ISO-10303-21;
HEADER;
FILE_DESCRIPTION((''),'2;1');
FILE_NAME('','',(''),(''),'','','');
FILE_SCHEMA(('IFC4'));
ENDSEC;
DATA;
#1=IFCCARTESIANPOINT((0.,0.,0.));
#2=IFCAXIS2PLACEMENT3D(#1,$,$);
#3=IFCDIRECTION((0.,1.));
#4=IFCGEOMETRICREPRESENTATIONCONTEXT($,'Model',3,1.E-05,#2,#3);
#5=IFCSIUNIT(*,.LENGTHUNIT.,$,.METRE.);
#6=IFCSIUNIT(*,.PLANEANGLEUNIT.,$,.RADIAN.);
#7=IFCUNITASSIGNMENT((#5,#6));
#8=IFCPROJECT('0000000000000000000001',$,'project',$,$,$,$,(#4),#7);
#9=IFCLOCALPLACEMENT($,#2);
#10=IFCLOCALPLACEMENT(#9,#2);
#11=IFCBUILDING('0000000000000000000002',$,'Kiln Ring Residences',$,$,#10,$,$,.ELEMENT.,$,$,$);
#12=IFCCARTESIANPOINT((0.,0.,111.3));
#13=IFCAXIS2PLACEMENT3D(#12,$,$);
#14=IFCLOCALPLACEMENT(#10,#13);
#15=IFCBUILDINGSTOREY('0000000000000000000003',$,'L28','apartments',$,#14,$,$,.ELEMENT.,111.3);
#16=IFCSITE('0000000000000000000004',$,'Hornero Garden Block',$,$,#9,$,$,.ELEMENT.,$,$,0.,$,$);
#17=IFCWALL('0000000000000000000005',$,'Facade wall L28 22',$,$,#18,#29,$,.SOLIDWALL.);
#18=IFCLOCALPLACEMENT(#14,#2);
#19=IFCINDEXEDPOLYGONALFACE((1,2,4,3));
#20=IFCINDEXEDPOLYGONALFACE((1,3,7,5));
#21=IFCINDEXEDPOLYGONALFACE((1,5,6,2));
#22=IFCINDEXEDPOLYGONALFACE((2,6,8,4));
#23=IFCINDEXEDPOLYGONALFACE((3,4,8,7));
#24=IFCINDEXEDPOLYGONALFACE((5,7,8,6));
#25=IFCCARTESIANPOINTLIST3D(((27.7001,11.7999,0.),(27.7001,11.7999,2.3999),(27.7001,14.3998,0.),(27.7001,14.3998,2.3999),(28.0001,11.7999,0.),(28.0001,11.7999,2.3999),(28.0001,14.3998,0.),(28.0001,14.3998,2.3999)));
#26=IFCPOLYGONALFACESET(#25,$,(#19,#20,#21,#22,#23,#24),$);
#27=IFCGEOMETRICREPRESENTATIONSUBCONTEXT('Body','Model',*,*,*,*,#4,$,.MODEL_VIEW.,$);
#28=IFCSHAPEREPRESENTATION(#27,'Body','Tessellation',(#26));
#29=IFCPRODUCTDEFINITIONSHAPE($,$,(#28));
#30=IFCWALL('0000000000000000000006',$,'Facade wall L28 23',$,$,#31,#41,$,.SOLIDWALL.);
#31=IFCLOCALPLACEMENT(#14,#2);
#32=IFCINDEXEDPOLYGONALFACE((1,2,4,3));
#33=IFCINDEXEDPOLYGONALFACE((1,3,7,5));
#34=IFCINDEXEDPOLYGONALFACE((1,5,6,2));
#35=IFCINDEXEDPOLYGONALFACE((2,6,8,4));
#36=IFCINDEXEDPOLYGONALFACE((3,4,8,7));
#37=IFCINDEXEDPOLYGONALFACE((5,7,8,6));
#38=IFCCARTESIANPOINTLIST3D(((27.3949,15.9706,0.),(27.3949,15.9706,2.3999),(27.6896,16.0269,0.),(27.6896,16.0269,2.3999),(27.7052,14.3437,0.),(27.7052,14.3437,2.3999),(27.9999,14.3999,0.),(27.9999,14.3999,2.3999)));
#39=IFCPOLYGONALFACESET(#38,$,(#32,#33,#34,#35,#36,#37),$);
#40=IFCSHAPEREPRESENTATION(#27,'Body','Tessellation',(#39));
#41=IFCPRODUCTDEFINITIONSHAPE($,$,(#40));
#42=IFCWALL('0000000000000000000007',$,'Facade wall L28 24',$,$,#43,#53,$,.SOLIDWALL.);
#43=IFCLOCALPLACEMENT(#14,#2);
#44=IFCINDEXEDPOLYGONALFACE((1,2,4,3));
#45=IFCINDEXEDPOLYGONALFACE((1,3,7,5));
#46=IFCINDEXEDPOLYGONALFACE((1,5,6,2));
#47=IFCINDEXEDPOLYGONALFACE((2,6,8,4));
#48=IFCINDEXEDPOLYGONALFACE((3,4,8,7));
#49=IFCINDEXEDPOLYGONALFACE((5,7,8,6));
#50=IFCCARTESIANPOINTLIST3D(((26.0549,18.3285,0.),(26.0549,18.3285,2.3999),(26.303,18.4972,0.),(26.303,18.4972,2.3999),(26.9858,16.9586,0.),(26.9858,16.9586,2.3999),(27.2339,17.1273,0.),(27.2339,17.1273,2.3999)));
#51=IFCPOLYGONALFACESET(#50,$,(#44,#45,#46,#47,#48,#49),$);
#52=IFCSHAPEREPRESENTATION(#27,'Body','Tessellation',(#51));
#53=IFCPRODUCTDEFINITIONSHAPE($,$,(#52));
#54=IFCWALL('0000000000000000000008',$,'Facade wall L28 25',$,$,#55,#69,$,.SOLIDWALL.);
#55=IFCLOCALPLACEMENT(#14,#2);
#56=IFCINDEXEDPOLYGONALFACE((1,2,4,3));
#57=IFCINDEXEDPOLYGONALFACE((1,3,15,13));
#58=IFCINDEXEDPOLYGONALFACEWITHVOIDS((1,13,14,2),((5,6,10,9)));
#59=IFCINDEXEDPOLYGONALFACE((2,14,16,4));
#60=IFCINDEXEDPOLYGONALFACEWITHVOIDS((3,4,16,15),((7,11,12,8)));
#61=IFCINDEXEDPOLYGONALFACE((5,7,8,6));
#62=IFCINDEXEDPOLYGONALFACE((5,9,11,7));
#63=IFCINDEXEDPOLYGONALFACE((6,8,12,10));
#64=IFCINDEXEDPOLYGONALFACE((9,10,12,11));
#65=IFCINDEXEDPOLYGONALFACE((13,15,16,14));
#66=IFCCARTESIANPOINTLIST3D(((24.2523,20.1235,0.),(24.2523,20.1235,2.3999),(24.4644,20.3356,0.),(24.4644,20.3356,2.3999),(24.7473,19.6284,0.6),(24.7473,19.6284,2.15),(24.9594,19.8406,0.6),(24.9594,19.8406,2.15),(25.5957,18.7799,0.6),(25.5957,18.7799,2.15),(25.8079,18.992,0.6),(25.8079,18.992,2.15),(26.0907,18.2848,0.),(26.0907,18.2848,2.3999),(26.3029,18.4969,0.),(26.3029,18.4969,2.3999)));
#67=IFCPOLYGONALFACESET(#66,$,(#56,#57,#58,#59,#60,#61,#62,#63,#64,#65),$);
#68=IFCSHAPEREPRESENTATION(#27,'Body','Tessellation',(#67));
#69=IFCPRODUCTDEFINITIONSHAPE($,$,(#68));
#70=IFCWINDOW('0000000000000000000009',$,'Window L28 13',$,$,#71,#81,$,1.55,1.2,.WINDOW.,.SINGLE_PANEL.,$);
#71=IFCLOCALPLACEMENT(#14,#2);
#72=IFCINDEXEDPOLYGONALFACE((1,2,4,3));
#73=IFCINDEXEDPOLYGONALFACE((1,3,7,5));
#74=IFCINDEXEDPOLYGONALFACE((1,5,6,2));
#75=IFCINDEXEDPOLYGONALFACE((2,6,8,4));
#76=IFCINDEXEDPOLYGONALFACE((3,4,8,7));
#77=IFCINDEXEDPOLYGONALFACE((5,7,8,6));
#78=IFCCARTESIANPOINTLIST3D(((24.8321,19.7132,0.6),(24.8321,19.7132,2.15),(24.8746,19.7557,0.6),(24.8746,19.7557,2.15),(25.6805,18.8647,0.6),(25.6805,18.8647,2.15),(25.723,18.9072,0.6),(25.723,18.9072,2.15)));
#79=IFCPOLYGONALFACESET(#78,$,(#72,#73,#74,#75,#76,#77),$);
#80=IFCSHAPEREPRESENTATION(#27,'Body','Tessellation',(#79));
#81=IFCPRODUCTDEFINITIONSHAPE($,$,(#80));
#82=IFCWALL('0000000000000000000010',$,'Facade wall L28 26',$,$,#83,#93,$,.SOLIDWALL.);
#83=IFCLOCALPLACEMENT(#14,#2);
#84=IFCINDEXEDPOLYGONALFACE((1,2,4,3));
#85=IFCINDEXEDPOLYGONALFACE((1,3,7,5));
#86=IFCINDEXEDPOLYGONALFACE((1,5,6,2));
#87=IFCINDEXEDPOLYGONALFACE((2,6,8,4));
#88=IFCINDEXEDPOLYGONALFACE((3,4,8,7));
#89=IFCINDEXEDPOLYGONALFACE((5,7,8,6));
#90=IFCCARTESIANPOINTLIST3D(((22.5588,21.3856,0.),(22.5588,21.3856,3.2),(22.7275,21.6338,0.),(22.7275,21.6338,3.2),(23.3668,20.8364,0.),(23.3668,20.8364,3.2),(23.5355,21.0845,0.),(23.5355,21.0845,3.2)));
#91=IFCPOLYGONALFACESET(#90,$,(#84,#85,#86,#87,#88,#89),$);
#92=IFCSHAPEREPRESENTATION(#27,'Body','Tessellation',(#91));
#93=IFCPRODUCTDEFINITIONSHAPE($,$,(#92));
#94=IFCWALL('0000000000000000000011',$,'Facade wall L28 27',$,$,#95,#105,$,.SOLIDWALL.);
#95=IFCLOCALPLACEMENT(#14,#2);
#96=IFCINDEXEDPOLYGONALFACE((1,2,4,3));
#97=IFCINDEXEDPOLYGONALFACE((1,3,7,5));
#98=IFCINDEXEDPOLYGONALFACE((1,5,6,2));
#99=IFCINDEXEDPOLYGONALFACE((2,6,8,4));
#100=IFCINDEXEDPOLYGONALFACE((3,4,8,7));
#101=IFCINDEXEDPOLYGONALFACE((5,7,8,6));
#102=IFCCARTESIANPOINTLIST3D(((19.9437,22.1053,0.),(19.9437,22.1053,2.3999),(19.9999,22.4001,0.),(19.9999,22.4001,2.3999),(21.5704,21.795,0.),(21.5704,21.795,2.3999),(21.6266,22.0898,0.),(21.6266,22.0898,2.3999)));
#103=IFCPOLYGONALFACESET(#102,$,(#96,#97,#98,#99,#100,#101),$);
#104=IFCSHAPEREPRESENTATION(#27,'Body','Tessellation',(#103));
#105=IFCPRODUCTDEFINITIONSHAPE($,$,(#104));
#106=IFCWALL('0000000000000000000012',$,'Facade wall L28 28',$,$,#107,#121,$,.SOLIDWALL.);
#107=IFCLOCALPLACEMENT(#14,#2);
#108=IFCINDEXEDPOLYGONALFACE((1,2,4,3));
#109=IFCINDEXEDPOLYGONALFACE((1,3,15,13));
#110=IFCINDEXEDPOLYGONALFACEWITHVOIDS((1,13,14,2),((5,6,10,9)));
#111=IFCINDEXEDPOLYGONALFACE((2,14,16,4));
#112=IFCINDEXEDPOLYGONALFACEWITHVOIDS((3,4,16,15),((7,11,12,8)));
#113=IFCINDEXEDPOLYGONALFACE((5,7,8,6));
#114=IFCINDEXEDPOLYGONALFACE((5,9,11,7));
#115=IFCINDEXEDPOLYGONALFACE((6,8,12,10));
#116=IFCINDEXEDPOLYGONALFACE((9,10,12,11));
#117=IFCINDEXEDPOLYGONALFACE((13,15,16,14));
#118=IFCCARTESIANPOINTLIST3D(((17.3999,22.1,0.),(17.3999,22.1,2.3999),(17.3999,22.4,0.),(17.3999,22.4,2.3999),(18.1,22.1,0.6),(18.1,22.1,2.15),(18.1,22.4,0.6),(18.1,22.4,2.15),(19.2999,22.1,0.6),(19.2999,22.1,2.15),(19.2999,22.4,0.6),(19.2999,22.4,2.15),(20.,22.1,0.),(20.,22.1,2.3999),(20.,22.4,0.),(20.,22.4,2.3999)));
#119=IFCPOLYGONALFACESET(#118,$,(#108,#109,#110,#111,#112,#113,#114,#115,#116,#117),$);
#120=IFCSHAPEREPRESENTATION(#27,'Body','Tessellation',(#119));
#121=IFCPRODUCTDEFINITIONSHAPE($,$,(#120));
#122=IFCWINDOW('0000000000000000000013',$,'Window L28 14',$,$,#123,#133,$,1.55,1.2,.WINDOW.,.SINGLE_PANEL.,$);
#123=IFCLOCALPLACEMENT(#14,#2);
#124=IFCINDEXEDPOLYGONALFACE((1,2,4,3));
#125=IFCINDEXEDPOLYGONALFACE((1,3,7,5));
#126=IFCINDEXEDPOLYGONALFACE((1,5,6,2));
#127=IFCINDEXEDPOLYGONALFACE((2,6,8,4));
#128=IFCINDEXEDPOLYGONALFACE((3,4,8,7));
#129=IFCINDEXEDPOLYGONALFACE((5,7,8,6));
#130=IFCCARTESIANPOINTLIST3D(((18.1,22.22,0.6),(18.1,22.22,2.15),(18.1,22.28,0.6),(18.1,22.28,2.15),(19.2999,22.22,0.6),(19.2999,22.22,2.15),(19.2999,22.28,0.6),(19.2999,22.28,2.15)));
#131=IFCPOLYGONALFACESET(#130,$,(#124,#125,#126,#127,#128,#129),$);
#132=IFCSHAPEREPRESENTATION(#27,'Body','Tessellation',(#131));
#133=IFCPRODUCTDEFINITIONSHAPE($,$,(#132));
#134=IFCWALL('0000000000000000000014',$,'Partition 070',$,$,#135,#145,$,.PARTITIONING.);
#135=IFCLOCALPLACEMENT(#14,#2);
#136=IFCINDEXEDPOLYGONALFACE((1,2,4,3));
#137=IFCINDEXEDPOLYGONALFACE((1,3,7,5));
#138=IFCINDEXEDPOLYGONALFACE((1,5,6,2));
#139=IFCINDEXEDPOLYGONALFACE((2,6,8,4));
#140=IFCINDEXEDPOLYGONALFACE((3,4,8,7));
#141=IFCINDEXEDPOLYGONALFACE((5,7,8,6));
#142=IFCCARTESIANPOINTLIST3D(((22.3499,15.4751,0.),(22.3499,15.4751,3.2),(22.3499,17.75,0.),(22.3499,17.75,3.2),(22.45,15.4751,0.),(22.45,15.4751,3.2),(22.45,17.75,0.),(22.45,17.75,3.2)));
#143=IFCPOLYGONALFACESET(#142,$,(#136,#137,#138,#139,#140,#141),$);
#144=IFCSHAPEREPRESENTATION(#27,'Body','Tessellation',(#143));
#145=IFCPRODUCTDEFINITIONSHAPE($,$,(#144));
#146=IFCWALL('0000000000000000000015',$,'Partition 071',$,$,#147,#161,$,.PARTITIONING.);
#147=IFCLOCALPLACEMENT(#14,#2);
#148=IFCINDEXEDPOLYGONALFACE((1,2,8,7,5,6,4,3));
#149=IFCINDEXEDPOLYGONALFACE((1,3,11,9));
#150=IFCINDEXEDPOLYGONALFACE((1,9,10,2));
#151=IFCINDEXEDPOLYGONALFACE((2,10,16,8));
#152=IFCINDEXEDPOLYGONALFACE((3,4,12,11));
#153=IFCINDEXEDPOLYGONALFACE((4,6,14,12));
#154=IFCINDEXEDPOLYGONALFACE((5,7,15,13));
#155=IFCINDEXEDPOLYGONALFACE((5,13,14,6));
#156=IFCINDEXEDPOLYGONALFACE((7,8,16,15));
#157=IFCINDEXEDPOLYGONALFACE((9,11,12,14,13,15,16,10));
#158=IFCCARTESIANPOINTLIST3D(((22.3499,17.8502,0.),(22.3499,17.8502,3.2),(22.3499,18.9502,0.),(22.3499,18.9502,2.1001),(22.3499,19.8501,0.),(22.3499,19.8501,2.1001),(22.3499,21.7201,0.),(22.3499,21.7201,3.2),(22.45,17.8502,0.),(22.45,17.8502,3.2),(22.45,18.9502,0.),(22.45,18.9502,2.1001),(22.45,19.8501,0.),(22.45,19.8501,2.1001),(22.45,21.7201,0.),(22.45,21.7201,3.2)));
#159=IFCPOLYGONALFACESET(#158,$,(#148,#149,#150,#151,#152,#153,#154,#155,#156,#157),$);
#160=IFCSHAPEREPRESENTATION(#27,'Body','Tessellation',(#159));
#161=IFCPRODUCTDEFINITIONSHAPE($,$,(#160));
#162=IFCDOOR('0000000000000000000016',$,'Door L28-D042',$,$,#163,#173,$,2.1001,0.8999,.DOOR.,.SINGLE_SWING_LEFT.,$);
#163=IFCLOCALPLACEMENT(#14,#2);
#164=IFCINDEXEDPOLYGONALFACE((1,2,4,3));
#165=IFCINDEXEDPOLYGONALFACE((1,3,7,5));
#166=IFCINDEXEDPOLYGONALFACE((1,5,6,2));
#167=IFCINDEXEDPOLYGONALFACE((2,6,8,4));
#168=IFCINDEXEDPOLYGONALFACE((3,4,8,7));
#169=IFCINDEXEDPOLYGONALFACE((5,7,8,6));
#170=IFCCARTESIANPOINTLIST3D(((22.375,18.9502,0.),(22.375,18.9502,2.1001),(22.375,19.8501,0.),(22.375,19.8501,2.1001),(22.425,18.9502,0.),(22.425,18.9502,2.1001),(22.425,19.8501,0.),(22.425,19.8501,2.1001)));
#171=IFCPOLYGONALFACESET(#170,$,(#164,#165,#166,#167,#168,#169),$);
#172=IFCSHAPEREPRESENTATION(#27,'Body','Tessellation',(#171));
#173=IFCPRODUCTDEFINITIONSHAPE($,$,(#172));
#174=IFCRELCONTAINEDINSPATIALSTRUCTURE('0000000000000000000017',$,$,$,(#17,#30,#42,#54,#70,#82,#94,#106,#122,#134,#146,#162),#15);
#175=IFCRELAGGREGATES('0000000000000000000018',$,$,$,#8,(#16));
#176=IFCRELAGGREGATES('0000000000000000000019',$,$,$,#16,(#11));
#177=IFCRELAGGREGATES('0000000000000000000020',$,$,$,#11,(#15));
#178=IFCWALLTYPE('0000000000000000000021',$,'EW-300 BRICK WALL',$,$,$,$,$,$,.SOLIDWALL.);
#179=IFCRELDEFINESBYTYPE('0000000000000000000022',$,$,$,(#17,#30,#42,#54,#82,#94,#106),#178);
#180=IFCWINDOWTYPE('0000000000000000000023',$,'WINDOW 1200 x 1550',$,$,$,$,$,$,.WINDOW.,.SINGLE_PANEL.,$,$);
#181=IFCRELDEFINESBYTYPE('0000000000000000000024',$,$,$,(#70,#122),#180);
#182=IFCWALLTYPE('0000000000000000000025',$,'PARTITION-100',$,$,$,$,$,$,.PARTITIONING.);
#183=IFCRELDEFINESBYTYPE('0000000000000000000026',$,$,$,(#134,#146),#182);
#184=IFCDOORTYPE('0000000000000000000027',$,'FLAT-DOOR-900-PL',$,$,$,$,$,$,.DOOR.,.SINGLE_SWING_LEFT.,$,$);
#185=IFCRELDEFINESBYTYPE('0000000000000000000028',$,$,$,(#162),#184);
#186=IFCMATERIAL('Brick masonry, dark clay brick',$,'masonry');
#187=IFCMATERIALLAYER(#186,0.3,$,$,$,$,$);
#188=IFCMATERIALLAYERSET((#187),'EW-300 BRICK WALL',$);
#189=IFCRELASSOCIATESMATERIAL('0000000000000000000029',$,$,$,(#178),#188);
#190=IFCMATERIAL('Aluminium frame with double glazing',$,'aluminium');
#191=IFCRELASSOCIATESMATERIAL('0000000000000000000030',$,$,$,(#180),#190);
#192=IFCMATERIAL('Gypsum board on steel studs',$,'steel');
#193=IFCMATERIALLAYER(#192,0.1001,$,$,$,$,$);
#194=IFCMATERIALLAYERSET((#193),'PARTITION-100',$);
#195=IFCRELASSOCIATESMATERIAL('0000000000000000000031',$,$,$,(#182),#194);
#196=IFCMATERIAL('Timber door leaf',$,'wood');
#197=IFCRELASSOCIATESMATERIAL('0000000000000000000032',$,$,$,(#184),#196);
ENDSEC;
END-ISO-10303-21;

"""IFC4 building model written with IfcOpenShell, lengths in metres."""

from ifc_helpers import new_model, si_unit, direction, frame, frame_2d, origin, place, context, subcontext, project, spatial, rectangle, extrude, material, layer, layer_set, type_object, element, fill, save


model = new_model("IFC4")

# Units and contexts
model_context = context("Model", 3, precision=1e-05, world=origin(), true_north=direction((0.0, 1.0)))
body_context = subcontext(model_context, "Body", "Model", "MODEL_VIEW")
ifc_project = project(units=[si_unit("LENGTHUNIT", "METRE"), si_unit("PLANEANGLEUNIT", "RADIAN")], contexts=[model_context])

# Site, building, storey
site_placement = place(None, origin())
site = spatial("IfcSite", under=ifc_project, at=site_placement, Name="Hornero Garden Block", CompositionType="ELEMENT", RefElevation=0.0)
building_placement = place(site_placement, origin())
building = spatial("IfcBuilding", under=site, at=building_placement, Name="Kiln Ring Residences", CompositionType="ELEMENT")
storey_placement = place(building_placement, frame((0.0, 0.0, 111.3)))
storey = spatial("IfcBuildingStorey", under=building, at=storey_placement, Name="L28", Description="apartments", CompositionType="ELEMENT", Elevation=111.3)

# Walls
ifc_material_1 = material(Name="Brick masonry, dark clay brick", Category="masonry")
ifc_layer_1 = layer(ifc_material_1, 0.3)
ifc_layer_set_1 = layer_set([ifc_layer_1], Name="EW-300 BRICK WALL")
wall_type_1 = type_object("IfcWallType", Name="EW-300 BRICK WALL", PredefinedType="SOLIDWALL", material=ifc_layer_set_1)
wall_1_placement = place(storey_placement, frame((27.8501, 11.8, 0.0), z_axis=(0.0, 0.0, 1.0), x_axis=(0.0, 1.0, 0.0)))
element("IfcWall", 1, at=wall_1_placement, inside=storey, type_object=wall_type_1, Name="Facade wall L28 22", PredefinedType="SOLIDWALL", context=body_context, shape_type="SweptSolid", body=[
    extrude(rectangle(XDim=2.5999, YDim=0.3, at=frame_2d((1.2998, 0.0))), origin(), (0.0, 0.0, 1.0), 2.3999),
])
for number, where, z_axis, x_axis, name in (
    (2, (27.8525, 14.3718, 0.0), (0.0, 0.0, 1.0), (-0.187349, 0.982293, 0.0), "Facade wall L28 23"),
    (3, (27.1099, 17.043, 0.0), (0.0, 0.0, 1.0), (-0.56206, 0.827096, 0.0), "Facade wall L28 24"),
):
    element("IfcWall", number, at=place(storey_placement, frame(where, z_axis=z_axis, x_axis=x_axis)), inside=storey, type_object=wall_type_1, Name=name, PredefinedType="SOLIDWALL", context=body_context, shape_type="SweptSolid", body=[
        extrude(rectangle(XDim=1.6562, YDim=0.3, at=frame_2d((0.8281, 0.0))), origin(), (0.0, 0.0, 1.0), 2.3999),
    ])

# Wall, opening, window
wall_2_placement = place(storey_placement, frame((26.1968, 18.3909, 0.0), z_axis=(0.0, 0.0, 1.0), x_axis=(-0.70706, 0.707154, 0.0)))
wall_2 = element("IfcWall", 4, at=wall_2_placement, inside=storey, type_object=wall_type_1, Name="Facade wall L28 25", PredefinedType="SOLIDWALL", context=body_context, shape_type="SweptSolid", body=[
    extrude(rectangle(XDim=2.6001, YDim=0.3, at=frame_2d((1.3, 0.0))), origin(), (0.0, 0.0, 1.0), 2.3999),
])
opening_1_placement = place(wall_2_placement, frame((0.7, 0.0, 0.6001)))
opening_1 = element("IfcOpeningElement", 5, at=opening_1_placement, cuts=wall_2, PredefinedType="OPENING", context=body_context, shape_type="SweptSolid", body=[
    extrude(rectangle(XDim=1.2, YDim=1.55, at=frame_2d((0.6001, 0.7749))), frame((0.0, 0.1599, 0.0), z_axis=(0.0, -1.0, 0.0), x_axis=(1.0, 0.0, 0.0)), (0.0, 0.0, 1.0), 0.3201),
])
ifc_material_2 = material(Name="Aluminium frame with double glazing", Category="aluminium")
window_type = type_object("IfcWindowType", Name="WINDOW 1200 x 1550", PartitioningType="SINGLE_PANEL", PredefinedType="WINDOW", material=ifc_material_2)
window_1_placement = place(opening_1_placement, origin())
window_1 = element("IfcWindow", 6, at=window_1_placement, inside=storey, type_object=window_type, Name="Window L28 13", OverallHeight=1.55, OverallWidth=1.2, PartitioningType="SINGLE_PANEL", PredefinedType="WINDOW", context=body_context, shape_type="SweptSolid", body=[
    extrude(rectangle(XDim=1.2, YDim=1.55, at=frame_2d((0.6001, 0.7749))), frame((0.0, 0.03, 0.0), z_axis=(0.0, -1.0, 0.0), x_axis=(1.0, 0.0, 0.0)), (0.0, 0.0, 1.0), 0.0601),
])
fill(opening_1, window_1)

# Walls
wall_3_placement = place(storey_placement, frame((23.4512, 20.9604, 0.0), z_axis=(0.0, 0.0, 1.0), x_axis=(-0.827019, 0.562173, 0.0)))
element("IfcWall", 7, at=wall_3_placement, inside=storey, type_object=wall_type_1, Name="Facade wall L28 26", PredefinedType="SOLIDWALL", context=body_context, shape_type="SweptSolid", body=[
    extrude(rectangle(XDim=0.9771, YDim=0.3, at=frame_2d((0.4885, 0.0))), origin(), (0.0, 0.0, 1.0), 3.2),
])
wall_4_placement = place(storey_placement, frame((21.5986, 21.9424, 0.0), z_axis=(0.0, 0.0, 1.0), x_axis=(-0.982288, 0.187376, 0.0)))
element("IfcWall", 8, at=wall_4_placement, inside=storey, type_object=wall_type_1, Name="Facade wall L28 27", PredefinedType="SOLIDWALL", context=body_context, shape_type="SweptSolid", body=[
    extrude(rectangle(XDim=1.656, YDim=0.3, at=frame_2d((0.8281, 0.0))), origin(), (0.0, 0.0, 1.0), 2.3999),
])

# Wall, opening, window
wall_5_placement = place(storey_placement, frame((20.0, 22.25, 0.0), z_axis=(0.0, 0.0, 1.0), x_axis=(-1.0, 0.0, 0.0)))
wall_5 = element("IfcWall", 9, at=wall_5_placement, inside=storey, type_object=wall_type_1, Name="Facade wall L28 28", PredefinedType="SOLIDWALL", context=body_context, shape_type="SweptSolid", body=[
    extrude(rectangle(XDim=2.6001, YDim=0.3, at=frame_2d((1.3, 0.0))), origin(), (0.0, 0.0, 1.0), 2.3999),
])
opening_2_placement = place(wall_5_placement, frame((0.7, 0.0, 0.6001)))
opening_2 = element("IfcOpeningElement", 10, at=opening_2_placement, cuts=wall_5, PredefinedType="OPENING", context=body_context, shape_type="SweptSolid", body=[
    extrude(rectangle(XDim=1.2, YDim=1.55, at=frame_2d((0.6001, 0.7749))), frame((0.0, 0.1599, 0.0), z_axis=(0.0, -1.0, 0.0), x_axis=(1.0, 0.0, 0.0)), (0.0, 0.0, 1.0), 0.3201),
])
window_2_placement = place(opening_2_placement, origin())
window_2 = element("IfcWindow", 11, at=window_2_placement, inside=storey, type_object=window_type, Name="Window L28 14", OverallHeight=1.55, OverallWidth=1.2, PartitioningType="SINGLE_PANEL", PredefinedType="WINDOW", context=body_context, shape_type="SweptSolid", body=[
    extrude(rectangle(XDim=1.2, YDim=1.55, at=frame_2d((0.6001, 0.7749))), frame((0.0, 0.03, 0.0), z_axis=(0.0, -1.0, 0.0), x_axis=(1.0, 0.0, 0.0)), (0.0, 0.0, 1.0), 0.0601),
])
fill(opening_2, window_2)

# Wall
ifc_material_3 = material(Name="Gypsum board on steel studs", Category="steel")
ifc_layer_2 = layer(ifc_material_3, 0.1001)
ifc_layer_set_2 = layer_set([ifc_layer_2], Name="PARTITION-100")
wall_type_2 = type_object("IfcWallType", Name="PARTITION-100", PredefinedType="PARTITIONING", material=ifc_layer_set_2)
wall_6_placement = place(storey_placement, frame((22.3999, 15.4751, 0.0), z_axis=(0.0, 0.0, 1.0), x_axis=(0.0, 1.0, 0.0)))
element("IfcWall", 12, at=wall_6_placement, inside=storey, type_object=wall_type_2, Name="Partition 070", PredefinedType="PARTITIONING", context=body_context, shape_type="SweptSolid", body=[
    extrude(rectangle(XDim=2.2749, YDim=0.1001, at=frame_2d((1.1375, 0.0))), origin(), (0.0, 0.0, 1.0), 3.2),
])

# Wall, opening, door
wall_7_placement = place(storey_placement, frame((22.3999, 17.8501, 0.0), z_axis=(0.0, 0.0, 1.0), x_axis=(0.0, 1.0, 0.0)))
wall_7 = element("IfcWall", 13, at=wall_7_placement, inside=storey, type_object=wall_type_2, Name="Partition 071", PredefinedType="PARTITIONING", context=body_context, shape_type="SweptSolid", body=[
    extrude(rectangle(XDim=3.8699, YDim=0.1001, at=frame_2d((1.9351, 0.0))), origin(), (0.0, 0.0, 1.0), 3.2),
])
opening_3_placement = place(wall_7_placement, frame((1.1001, 0.0, 0.0)))
opening_3 = element("IfcOpeningElement", 14, at=opening_3_placement, cuts=wall_7, PredefinedType="OPENING", context=body_context, shape_type="SweptSolid", body=[
    extrude(rectangle(XDim=0.8999, YDim=2.1001, at=frame_2d((0.45, 1.05))), frame((0.0, 0.0601, 0.0), z_axis=(0.0, -1.0, 0.0), x_axis=(1.0, 0.0, 0.0)), (0.0, 0.0, 1.0), 0.1201),
])
ifc_material_4 = material(Name="Timber door leaf", Category="wood")
door_type_1 = type_object("IfcDoorType", Name="FLAT-DOOR-900-PL", OperationType="SINGLE_SWING_LEFT", PredefinedType="DOOR", material=ifc_material_4)
door_1_placement = place(opening_3_placement, origin())
door_1 = element("IfcDoor", 15, at=door_1_placement, inside=storey, type_object=door_type_1, Name="Door L28-D042", OperationType="SINGLE_SWING_LEFT", OverallHeight=2.1001, OverallWidth=0.8999, PredefinedType="DOOR", context=body_context, shape_type="SweptSolid", body=[
    extrude(rectangle(XDim=0.8999, YDim=2.1001, at=frame_2d((0.45, 1.05))), frame((0.0, 0.0249, 0.0), z_axis=(0.0, -1.0, 0.0), x_axis=(1.0, 0.0, 0.0)), (0.0, 0.0, 1.0), 0.05),
])
fill(opening_3, door_1)

save(model, "model.ifc")
